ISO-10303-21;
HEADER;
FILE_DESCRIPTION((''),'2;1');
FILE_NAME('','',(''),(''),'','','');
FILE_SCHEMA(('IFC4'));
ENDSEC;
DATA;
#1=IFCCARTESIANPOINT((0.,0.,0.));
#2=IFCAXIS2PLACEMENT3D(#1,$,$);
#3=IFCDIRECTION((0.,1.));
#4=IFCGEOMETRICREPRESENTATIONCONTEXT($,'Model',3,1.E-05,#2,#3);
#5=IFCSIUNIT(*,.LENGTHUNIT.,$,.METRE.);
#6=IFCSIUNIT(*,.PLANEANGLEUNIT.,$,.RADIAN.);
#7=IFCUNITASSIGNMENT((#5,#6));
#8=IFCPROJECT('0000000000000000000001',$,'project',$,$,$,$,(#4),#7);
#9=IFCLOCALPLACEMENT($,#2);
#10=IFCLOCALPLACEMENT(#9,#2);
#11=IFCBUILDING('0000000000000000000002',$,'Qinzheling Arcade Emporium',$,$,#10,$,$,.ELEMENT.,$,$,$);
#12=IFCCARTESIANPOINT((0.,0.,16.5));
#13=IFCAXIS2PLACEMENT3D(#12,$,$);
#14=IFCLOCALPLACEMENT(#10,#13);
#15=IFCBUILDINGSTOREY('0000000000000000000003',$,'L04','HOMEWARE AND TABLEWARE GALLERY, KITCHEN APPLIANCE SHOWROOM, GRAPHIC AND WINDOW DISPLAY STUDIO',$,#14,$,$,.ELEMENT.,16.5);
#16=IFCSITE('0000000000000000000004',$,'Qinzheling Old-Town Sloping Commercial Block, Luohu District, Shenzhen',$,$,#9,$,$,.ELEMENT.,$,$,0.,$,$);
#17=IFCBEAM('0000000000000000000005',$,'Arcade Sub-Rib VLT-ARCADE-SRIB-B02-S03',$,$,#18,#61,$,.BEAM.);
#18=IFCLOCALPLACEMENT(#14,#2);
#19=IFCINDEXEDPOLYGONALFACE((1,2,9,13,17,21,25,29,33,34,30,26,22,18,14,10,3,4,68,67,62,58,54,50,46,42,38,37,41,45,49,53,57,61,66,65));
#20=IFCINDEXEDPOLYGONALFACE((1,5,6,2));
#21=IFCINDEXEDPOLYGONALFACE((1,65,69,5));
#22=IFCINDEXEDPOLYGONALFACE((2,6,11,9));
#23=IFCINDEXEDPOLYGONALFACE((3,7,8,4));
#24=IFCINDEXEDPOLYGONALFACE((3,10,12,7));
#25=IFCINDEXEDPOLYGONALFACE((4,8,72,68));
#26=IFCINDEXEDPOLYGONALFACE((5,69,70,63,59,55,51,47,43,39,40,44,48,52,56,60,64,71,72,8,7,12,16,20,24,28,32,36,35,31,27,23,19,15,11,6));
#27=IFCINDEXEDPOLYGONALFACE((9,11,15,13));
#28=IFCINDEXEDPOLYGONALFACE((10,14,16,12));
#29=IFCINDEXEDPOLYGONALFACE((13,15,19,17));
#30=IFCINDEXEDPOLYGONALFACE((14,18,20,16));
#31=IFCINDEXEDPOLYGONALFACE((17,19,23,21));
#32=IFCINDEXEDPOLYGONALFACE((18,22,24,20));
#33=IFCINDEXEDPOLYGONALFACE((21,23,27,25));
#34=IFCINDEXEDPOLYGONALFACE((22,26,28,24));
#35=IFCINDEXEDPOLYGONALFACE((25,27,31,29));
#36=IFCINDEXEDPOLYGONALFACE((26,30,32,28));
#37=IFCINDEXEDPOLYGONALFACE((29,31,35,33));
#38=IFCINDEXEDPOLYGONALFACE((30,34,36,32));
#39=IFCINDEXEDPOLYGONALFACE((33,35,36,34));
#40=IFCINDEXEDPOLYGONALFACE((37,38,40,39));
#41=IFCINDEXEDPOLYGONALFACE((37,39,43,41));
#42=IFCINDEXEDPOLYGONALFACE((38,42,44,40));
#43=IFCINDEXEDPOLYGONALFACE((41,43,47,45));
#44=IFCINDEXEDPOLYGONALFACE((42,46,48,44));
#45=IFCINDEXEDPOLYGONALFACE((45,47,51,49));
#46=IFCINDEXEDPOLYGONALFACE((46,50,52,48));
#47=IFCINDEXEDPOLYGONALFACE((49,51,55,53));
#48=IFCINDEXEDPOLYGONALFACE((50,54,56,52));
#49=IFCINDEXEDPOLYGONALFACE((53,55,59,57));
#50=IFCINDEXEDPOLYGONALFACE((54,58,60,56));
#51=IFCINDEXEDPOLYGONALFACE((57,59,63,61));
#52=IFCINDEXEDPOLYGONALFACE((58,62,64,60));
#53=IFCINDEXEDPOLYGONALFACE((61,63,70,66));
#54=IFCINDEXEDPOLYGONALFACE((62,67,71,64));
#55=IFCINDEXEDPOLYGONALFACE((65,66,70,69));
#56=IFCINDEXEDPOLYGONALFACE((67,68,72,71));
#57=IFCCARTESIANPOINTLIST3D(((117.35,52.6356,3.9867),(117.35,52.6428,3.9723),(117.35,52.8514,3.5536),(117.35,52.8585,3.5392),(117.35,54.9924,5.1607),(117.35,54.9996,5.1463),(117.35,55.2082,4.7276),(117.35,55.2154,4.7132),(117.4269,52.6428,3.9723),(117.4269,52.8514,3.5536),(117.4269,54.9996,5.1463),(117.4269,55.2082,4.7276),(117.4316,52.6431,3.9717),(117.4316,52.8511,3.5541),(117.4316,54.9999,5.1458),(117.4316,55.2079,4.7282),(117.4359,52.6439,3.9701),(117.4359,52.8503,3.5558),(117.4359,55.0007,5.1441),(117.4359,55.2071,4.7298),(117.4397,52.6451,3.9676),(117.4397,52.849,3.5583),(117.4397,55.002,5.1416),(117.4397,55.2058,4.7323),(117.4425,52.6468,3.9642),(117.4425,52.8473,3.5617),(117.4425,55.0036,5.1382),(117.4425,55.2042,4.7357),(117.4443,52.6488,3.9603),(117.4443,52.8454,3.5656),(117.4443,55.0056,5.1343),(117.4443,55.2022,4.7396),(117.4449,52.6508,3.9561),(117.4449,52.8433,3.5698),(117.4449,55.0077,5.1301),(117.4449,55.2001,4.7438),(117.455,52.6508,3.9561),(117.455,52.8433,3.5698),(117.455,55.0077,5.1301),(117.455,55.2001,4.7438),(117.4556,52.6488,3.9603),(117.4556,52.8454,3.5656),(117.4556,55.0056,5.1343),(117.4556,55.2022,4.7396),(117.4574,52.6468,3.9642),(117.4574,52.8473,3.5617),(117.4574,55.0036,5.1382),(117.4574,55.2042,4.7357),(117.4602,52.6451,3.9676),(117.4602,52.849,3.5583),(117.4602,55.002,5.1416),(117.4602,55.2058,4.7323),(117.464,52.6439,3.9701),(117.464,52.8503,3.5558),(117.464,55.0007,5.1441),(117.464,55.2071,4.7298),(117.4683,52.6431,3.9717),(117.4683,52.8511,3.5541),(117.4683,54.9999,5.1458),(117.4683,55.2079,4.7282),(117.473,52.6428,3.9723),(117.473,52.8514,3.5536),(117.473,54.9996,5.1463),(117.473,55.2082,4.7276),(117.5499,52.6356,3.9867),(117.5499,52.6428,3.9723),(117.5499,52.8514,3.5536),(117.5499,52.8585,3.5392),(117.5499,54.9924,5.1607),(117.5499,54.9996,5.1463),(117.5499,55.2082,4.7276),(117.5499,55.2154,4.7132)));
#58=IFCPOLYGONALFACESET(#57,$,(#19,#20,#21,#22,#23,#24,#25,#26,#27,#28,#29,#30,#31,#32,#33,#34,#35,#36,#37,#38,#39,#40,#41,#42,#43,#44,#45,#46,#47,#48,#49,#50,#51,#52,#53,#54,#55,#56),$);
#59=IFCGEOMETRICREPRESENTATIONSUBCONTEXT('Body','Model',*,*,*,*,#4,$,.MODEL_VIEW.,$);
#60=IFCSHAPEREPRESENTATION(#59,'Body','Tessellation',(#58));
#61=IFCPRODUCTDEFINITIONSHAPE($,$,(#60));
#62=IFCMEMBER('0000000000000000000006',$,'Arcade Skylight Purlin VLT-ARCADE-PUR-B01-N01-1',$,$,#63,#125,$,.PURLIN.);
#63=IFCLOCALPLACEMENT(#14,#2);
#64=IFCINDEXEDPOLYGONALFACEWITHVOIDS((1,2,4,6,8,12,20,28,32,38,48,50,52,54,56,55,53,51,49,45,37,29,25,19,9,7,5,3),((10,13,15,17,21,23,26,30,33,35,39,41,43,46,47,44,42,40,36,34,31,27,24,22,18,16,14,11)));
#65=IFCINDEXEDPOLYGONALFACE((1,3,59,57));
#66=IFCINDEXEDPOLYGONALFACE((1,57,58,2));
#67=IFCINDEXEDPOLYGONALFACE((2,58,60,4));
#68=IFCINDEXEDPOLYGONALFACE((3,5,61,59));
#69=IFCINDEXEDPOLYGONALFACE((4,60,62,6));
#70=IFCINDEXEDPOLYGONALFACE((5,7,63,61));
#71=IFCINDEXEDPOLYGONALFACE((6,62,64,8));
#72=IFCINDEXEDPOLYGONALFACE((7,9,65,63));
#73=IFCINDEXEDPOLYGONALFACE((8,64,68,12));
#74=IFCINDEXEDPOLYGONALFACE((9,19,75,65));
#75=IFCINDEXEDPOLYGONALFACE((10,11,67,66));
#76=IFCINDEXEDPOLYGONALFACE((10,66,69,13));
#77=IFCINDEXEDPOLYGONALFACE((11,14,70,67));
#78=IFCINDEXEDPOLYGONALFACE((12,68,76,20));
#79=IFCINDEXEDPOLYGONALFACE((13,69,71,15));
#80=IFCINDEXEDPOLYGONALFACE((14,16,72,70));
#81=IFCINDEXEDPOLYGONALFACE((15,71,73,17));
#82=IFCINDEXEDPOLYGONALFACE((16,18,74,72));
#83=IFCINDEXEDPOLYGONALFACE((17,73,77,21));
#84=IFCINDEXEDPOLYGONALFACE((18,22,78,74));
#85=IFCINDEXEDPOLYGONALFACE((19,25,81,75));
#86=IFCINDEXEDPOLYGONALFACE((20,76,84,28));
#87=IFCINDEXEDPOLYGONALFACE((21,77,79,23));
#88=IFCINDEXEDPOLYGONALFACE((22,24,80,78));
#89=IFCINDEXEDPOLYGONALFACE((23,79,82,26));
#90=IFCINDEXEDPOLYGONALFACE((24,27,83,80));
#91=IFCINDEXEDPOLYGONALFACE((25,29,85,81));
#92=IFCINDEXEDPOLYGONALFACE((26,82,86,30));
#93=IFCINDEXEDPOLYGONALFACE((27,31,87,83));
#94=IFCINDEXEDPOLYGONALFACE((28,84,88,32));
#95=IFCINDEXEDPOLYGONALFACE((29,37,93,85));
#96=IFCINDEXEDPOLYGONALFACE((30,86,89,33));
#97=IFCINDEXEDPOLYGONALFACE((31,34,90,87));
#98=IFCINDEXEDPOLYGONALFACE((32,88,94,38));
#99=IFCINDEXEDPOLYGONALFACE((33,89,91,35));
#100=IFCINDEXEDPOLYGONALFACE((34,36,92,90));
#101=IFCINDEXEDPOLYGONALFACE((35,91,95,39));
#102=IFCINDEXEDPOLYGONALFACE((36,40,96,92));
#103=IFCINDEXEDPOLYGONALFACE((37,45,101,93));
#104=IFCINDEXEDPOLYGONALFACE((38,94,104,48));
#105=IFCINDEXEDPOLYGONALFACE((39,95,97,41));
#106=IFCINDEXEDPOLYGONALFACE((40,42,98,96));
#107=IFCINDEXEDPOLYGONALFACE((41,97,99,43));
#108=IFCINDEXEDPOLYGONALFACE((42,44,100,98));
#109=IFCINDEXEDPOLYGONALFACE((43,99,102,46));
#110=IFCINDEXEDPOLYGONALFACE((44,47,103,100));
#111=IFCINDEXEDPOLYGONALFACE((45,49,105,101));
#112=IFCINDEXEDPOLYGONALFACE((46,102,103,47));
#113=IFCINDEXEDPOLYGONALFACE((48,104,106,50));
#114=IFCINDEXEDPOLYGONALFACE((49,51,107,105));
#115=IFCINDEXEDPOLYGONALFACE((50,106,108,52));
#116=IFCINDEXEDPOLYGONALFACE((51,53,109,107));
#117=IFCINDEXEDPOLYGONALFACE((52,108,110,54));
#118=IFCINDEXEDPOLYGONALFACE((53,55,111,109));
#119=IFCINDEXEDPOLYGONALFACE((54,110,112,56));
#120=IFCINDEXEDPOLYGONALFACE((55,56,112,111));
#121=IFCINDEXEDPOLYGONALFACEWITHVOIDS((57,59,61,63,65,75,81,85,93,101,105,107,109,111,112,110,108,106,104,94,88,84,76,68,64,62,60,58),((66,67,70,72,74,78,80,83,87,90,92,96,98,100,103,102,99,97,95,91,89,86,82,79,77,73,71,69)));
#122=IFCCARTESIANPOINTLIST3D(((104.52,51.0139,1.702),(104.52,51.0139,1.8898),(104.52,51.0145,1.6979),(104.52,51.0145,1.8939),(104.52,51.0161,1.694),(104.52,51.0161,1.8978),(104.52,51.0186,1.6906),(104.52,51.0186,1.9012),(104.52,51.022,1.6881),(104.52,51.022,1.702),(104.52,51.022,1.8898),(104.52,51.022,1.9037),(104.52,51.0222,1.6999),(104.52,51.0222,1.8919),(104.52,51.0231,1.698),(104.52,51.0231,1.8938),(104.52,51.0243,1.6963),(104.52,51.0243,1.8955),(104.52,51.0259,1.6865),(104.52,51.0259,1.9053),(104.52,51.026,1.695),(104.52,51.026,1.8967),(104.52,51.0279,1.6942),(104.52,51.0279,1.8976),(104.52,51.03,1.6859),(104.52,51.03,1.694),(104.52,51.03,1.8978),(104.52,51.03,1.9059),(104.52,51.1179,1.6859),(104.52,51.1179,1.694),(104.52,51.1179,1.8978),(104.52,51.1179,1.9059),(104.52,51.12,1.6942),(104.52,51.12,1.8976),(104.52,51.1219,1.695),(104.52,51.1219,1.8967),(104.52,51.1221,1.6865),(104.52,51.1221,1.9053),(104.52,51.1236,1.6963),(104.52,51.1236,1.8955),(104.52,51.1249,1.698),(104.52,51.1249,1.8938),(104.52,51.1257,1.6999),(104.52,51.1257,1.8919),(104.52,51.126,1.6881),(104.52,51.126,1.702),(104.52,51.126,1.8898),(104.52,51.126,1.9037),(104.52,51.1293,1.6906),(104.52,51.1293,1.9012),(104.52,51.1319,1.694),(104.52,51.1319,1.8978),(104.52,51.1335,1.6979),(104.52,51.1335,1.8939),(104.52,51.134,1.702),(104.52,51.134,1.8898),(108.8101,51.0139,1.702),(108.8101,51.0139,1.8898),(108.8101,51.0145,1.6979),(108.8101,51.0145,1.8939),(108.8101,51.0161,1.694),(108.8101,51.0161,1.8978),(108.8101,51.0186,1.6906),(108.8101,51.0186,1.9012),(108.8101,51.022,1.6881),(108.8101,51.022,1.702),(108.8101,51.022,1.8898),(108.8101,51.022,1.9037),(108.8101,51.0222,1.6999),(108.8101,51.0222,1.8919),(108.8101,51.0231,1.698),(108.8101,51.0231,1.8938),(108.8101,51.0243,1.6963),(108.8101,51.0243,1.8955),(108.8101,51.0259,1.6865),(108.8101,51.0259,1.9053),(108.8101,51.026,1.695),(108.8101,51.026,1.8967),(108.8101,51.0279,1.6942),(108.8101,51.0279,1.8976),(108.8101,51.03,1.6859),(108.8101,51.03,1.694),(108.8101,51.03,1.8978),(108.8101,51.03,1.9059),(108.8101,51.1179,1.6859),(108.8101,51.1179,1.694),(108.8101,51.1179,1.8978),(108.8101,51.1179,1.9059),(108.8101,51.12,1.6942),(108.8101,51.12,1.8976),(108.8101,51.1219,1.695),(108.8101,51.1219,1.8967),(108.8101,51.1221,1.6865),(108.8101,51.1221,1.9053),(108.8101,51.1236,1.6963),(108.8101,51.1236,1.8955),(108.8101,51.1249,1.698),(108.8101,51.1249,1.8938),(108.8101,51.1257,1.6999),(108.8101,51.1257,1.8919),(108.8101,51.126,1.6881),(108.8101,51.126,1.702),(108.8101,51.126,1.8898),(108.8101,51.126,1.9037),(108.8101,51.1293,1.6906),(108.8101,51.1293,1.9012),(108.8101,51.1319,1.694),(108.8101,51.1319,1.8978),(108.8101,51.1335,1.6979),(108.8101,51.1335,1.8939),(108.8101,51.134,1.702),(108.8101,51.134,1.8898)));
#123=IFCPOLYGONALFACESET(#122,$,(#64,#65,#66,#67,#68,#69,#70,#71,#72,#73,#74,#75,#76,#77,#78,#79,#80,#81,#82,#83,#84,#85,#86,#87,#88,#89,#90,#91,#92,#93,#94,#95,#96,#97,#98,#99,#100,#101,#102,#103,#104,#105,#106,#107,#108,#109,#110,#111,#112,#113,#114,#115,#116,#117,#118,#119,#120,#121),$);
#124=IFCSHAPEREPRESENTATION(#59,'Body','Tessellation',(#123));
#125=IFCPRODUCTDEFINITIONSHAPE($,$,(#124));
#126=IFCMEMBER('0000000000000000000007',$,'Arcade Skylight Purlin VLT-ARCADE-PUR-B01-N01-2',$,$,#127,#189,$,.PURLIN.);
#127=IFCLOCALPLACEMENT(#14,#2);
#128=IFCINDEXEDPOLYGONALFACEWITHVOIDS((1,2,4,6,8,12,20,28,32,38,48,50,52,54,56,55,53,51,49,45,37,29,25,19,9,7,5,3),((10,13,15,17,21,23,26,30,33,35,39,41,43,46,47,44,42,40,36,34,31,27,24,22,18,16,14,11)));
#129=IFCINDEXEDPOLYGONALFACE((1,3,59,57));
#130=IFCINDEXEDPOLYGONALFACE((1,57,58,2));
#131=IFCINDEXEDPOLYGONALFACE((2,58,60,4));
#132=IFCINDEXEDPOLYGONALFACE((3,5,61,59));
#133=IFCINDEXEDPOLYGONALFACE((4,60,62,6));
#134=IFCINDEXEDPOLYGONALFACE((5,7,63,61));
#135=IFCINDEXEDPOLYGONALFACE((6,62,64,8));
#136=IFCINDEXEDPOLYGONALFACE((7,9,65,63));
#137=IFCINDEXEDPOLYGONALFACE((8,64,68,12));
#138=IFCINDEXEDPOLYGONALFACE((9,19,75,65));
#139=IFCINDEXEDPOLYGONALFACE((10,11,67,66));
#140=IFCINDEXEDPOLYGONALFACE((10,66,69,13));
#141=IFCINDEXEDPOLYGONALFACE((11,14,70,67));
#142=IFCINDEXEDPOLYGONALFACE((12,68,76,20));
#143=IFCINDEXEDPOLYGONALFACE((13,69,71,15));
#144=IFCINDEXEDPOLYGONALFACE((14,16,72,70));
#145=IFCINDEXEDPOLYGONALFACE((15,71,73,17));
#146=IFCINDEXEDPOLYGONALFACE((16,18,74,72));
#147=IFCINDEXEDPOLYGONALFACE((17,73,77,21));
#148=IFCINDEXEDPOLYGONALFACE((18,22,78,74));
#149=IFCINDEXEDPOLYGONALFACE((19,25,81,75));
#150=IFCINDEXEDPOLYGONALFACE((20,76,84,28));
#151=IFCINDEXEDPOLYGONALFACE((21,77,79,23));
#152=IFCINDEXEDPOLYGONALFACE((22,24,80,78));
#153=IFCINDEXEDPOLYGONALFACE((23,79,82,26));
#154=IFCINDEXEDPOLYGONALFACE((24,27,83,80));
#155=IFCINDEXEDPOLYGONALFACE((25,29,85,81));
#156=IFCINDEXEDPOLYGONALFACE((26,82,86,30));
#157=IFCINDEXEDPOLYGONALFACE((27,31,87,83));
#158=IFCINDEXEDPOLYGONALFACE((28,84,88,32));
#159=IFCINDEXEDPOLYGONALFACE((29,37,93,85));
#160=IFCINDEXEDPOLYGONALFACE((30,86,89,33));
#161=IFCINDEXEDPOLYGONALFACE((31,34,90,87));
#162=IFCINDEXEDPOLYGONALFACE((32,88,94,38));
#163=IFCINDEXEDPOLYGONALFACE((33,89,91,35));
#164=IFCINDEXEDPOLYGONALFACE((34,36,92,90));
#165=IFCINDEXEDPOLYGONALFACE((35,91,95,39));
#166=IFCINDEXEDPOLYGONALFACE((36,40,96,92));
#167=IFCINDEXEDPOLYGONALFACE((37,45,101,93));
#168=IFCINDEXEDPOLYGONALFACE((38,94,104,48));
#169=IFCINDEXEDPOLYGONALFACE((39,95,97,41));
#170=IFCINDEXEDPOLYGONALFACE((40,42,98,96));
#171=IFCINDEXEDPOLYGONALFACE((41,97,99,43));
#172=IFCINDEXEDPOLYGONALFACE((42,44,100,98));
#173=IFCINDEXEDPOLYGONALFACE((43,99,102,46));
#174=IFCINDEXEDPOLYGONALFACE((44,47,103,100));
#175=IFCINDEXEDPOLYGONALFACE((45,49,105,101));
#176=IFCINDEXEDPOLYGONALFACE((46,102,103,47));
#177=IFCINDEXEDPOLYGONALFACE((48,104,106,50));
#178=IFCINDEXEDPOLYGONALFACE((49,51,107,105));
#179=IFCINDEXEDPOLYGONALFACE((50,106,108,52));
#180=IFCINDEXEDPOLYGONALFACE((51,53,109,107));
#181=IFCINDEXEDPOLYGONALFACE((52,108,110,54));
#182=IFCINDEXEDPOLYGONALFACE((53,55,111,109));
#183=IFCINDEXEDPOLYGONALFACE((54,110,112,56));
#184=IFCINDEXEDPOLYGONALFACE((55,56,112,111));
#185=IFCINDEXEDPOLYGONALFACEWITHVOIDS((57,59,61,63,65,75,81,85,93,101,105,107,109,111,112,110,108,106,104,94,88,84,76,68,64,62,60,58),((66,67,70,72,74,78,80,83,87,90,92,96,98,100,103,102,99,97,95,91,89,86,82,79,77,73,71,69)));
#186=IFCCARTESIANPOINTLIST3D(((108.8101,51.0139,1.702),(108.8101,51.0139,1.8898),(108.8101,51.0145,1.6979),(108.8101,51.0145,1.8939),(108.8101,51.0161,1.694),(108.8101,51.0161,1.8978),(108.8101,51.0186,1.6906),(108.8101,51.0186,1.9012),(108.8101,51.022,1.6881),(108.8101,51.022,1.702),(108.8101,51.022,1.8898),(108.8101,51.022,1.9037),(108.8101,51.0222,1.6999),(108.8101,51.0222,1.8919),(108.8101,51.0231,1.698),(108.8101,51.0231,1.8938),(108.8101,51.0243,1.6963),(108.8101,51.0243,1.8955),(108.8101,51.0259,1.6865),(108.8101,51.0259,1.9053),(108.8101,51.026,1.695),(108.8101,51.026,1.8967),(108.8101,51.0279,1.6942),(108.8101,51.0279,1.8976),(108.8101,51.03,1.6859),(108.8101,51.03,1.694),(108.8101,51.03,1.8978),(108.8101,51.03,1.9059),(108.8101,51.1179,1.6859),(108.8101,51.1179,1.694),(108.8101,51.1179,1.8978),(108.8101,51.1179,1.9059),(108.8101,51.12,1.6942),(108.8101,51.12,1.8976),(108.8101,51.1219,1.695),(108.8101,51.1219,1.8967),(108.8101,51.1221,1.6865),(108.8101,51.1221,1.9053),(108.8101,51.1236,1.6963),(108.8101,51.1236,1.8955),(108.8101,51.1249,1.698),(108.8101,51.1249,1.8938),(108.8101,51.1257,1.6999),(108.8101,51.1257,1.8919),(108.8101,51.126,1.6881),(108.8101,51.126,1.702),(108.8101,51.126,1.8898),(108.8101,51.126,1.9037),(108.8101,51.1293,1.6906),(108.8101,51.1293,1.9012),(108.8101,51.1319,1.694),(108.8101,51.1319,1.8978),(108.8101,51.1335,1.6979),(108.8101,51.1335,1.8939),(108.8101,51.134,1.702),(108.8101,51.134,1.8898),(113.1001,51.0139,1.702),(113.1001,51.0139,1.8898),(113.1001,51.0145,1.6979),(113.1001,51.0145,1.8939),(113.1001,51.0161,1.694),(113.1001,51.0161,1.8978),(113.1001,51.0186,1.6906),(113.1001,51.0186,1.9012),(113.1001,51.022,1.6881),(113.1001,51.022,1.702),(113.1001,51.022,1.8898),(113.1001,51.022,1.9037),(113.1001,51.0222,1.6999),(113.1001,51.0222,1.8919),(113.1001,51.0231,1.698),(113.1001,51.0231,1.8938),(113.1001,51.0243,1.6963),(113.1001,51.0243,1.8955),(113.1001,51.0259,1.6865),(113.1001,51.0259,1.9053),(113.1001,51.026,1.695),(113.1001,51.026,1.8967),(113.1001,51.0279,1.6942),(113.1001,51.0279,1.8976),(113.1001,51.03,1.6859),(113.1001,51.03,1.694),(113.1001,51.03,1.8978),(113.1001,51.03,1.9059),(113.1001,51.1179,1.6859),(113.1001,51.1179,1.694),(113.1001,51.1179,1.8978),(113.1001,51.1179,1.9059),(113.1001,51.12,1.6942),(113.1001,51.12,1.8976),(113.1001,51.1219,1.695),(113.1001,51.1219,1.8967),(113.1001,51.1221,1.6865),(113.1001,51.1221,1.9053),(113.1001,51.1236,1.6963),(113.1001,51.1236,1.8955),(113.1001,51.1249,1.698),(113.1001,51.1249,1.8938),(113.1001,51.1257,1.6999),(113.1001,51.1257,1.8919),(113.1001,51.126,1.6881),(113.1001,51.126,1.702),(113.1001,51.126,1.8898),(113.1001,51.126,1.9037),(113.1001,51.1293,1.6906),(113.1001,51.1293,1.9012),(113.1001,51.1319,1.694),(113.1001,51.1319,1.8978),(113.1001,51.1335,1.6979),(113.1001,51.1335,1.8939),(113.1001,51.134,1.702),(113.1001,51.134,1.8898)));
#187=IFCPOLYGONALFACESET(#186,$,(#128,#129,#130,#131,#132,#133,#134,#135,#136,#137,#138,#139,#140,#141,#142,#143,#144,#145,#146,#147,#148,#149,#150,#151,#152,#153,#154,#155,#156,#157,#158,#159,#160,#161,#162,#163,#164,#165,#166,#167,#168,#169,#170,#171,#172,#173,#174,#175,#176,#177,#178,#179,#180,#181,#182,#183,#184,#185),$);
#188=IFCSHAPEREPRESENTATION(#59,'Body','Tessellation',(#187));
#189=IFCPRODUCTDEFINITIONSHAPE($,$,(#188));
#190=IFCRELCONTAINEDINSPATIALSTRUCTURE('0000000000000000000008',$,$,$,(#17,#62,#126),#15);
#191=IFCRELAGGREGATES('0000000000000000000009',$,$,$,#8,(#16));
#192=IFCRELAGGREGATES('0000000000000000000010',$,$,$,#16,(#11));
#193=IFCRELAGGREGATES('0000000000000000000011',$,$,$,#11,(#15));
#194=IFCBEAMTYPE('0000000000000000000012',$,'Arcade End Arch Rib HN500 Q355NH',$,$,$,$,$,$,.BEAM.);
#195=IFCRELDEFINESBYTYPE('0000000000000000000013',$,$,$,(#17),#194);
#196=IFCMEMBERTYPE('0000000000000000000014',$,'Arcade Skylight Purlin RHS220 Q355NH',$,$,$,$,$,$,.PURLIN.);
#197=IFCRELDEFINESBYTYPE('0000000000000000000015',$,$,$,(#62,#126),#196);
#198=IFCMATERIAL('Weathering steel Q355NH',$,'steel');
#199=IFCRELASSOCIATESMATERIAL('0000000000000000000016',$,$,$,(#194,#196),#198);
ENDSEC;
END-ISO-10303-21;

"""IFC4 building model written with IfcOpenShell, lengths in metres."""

from ifc_helpers import new_model, si_unit, direction, frame, origin, origin_2d, place, context, subcontext, project, spatial, hollow_rectangle, i_section, extrude, material, material_profile, profile_set, type_object, element, save


model = new_model("IFC4")

# Units and contexts
model_context = context("Model", 3, precision=1e-05, world=origin(), true_north=direction((0.0, 1.0)))
body_context = subcontext(model_context, "Body", "Model", "MODEL_VIEW")
ifc_project = project(units=[si_unit("LENGTHUNIT", "METRE"), si_unit("PLANEANGLEUNIT", "RADIAN")], contexts=[model_context])

# Site, building, storey
site_placement = place(None, origin())
site = spatial("IfcSite", under=ifc_project, at=site_placement, Name="Qinzheling Old-Town Sloping Commercial Block, Luohu District, Shenzhen", CompositionType="ELEMENT", RefElevation=0.0)
building_placement = place(site_placement, origin())
building = spatial("IfcBuilding", under=site, at=building_placement, Name="Qinzheling Arcade Emporium", CompositionType="ELEMENT")
storey_placement = place(building_placement, frame((0.0, 0.0, 16.5)))
storey = spatial("IfcBuildingStorey", under=building, at=storey_placement, Name="L04", Description="HOMEWARE AND TABLEWARE GALLERY, KITCHEN APPLIANCE SHOWROOM, GRAPHIC AND WINDOW DISPLAY STUDIO", CompositionType="ELEMENT", Elevation=16.5)

# Beam
ifc_material_1 = material(Name="Weathering steel Q355NH", Category="steel")
ifc_material_profile_1 = material_profile(ifc_material_1, i_section(OverallWidth=0.2, OverallDepth=0.5, WebThickness=0.01, FlangeThickness=0.0161, FilletRadius=0.0181, at=origin_2d()), Name="HN 500x200x10x16", Category="steel")
ifc_profile_set_1 = profile_set([ifc_material_profile_1], Name="Weathering steel Q355NH")
beam_type_1 = type_object("IfcBeamType", Name="Arcade End Arch Rib HN500 Q355NH", PredefinedType="BEAM", material=ifc_profile_set_1)
beam_1_placement = place(storey_placement, frame((117.45, 52.7471, 3.7629), z_axis=(0.0, 0.895094, 0.445878), x_axis=(-1.0, 0.0, 0.0)))
element("IfcBeam", 1, at=beam_1_placement, inside=storey, type_object=beam_type_1, Name="Arcade Sub-Rib VLT-ARCADE-SRIB-B02-S03", PredefinedType="BEAM", context=body_context, shape_type="SweptSolid", body=[
    extrude(i_section(OverallWidth=0.2, OverallDepth=0.5, WebThickness=0.01, FlangeThickness=0.0161, FilletRadius=0.0181, at=origin_2d()), origin(), (0.0, 0.0, 1.0), 2.6331),
])

# Members
ifc_material_profile_2 = material_profile(ifc_material_1, hollow_rectangle(XDim=0.1201, YDim=0.22, WallThickness=0.0081, InnerFilletRadius=0.0081, OuterFilletRadius=0.0161, at=origin_2d()), Name="RHS 220x120x8", Category="steel")
ifc_profile_set_2 = profile_set([ifc_material_profile_2], Name="Weathering steel Q355NH")
member_type_1 = type_object("IfcMemberType", Name="Arcade Skylight Purlin RHS220 Q355NH", PredefinedType="PURLIN", material=ifc_profile_set_2)
for number, where, z_axis, x_axis, name in (
    (2, (104.52, 51.074, 1.7959), (1.0, 0.0, 0.0), (0.0, 1.0, 0.0), "Arcade Skylight Purlin VLT-ARCADE-PUR-B01-N01-1"),
    (3, (108.8101, 51.074, 1.7959), (1.0, 0.0, 0.0), (0.0, 1.0, 0.0), "Arcade Skylight Purlin VLT-ARCADE-PUR-B01-N01-2"),
):
    element("IfcMember", number, at=place(storey_placement, frame(where, z_axis=z_axis, x_axis=x_axis)), inside=storey, type_object=member_type_1, Name=name, PredefinedType="PURLIN", context=body_context, shape_type="SweptSolid", body=[
        extrude(hollow_rectangle(XDim=0.1201, YDim=0.22, WallThickness=0.0081, InnerFilletRadius=0.0081, OuterFilletRadius=0.0161, at=origin_2d()), origin(), (0.0, 0.0, 1.0), 4.29),
    ])

save(model, "model.ifc")
